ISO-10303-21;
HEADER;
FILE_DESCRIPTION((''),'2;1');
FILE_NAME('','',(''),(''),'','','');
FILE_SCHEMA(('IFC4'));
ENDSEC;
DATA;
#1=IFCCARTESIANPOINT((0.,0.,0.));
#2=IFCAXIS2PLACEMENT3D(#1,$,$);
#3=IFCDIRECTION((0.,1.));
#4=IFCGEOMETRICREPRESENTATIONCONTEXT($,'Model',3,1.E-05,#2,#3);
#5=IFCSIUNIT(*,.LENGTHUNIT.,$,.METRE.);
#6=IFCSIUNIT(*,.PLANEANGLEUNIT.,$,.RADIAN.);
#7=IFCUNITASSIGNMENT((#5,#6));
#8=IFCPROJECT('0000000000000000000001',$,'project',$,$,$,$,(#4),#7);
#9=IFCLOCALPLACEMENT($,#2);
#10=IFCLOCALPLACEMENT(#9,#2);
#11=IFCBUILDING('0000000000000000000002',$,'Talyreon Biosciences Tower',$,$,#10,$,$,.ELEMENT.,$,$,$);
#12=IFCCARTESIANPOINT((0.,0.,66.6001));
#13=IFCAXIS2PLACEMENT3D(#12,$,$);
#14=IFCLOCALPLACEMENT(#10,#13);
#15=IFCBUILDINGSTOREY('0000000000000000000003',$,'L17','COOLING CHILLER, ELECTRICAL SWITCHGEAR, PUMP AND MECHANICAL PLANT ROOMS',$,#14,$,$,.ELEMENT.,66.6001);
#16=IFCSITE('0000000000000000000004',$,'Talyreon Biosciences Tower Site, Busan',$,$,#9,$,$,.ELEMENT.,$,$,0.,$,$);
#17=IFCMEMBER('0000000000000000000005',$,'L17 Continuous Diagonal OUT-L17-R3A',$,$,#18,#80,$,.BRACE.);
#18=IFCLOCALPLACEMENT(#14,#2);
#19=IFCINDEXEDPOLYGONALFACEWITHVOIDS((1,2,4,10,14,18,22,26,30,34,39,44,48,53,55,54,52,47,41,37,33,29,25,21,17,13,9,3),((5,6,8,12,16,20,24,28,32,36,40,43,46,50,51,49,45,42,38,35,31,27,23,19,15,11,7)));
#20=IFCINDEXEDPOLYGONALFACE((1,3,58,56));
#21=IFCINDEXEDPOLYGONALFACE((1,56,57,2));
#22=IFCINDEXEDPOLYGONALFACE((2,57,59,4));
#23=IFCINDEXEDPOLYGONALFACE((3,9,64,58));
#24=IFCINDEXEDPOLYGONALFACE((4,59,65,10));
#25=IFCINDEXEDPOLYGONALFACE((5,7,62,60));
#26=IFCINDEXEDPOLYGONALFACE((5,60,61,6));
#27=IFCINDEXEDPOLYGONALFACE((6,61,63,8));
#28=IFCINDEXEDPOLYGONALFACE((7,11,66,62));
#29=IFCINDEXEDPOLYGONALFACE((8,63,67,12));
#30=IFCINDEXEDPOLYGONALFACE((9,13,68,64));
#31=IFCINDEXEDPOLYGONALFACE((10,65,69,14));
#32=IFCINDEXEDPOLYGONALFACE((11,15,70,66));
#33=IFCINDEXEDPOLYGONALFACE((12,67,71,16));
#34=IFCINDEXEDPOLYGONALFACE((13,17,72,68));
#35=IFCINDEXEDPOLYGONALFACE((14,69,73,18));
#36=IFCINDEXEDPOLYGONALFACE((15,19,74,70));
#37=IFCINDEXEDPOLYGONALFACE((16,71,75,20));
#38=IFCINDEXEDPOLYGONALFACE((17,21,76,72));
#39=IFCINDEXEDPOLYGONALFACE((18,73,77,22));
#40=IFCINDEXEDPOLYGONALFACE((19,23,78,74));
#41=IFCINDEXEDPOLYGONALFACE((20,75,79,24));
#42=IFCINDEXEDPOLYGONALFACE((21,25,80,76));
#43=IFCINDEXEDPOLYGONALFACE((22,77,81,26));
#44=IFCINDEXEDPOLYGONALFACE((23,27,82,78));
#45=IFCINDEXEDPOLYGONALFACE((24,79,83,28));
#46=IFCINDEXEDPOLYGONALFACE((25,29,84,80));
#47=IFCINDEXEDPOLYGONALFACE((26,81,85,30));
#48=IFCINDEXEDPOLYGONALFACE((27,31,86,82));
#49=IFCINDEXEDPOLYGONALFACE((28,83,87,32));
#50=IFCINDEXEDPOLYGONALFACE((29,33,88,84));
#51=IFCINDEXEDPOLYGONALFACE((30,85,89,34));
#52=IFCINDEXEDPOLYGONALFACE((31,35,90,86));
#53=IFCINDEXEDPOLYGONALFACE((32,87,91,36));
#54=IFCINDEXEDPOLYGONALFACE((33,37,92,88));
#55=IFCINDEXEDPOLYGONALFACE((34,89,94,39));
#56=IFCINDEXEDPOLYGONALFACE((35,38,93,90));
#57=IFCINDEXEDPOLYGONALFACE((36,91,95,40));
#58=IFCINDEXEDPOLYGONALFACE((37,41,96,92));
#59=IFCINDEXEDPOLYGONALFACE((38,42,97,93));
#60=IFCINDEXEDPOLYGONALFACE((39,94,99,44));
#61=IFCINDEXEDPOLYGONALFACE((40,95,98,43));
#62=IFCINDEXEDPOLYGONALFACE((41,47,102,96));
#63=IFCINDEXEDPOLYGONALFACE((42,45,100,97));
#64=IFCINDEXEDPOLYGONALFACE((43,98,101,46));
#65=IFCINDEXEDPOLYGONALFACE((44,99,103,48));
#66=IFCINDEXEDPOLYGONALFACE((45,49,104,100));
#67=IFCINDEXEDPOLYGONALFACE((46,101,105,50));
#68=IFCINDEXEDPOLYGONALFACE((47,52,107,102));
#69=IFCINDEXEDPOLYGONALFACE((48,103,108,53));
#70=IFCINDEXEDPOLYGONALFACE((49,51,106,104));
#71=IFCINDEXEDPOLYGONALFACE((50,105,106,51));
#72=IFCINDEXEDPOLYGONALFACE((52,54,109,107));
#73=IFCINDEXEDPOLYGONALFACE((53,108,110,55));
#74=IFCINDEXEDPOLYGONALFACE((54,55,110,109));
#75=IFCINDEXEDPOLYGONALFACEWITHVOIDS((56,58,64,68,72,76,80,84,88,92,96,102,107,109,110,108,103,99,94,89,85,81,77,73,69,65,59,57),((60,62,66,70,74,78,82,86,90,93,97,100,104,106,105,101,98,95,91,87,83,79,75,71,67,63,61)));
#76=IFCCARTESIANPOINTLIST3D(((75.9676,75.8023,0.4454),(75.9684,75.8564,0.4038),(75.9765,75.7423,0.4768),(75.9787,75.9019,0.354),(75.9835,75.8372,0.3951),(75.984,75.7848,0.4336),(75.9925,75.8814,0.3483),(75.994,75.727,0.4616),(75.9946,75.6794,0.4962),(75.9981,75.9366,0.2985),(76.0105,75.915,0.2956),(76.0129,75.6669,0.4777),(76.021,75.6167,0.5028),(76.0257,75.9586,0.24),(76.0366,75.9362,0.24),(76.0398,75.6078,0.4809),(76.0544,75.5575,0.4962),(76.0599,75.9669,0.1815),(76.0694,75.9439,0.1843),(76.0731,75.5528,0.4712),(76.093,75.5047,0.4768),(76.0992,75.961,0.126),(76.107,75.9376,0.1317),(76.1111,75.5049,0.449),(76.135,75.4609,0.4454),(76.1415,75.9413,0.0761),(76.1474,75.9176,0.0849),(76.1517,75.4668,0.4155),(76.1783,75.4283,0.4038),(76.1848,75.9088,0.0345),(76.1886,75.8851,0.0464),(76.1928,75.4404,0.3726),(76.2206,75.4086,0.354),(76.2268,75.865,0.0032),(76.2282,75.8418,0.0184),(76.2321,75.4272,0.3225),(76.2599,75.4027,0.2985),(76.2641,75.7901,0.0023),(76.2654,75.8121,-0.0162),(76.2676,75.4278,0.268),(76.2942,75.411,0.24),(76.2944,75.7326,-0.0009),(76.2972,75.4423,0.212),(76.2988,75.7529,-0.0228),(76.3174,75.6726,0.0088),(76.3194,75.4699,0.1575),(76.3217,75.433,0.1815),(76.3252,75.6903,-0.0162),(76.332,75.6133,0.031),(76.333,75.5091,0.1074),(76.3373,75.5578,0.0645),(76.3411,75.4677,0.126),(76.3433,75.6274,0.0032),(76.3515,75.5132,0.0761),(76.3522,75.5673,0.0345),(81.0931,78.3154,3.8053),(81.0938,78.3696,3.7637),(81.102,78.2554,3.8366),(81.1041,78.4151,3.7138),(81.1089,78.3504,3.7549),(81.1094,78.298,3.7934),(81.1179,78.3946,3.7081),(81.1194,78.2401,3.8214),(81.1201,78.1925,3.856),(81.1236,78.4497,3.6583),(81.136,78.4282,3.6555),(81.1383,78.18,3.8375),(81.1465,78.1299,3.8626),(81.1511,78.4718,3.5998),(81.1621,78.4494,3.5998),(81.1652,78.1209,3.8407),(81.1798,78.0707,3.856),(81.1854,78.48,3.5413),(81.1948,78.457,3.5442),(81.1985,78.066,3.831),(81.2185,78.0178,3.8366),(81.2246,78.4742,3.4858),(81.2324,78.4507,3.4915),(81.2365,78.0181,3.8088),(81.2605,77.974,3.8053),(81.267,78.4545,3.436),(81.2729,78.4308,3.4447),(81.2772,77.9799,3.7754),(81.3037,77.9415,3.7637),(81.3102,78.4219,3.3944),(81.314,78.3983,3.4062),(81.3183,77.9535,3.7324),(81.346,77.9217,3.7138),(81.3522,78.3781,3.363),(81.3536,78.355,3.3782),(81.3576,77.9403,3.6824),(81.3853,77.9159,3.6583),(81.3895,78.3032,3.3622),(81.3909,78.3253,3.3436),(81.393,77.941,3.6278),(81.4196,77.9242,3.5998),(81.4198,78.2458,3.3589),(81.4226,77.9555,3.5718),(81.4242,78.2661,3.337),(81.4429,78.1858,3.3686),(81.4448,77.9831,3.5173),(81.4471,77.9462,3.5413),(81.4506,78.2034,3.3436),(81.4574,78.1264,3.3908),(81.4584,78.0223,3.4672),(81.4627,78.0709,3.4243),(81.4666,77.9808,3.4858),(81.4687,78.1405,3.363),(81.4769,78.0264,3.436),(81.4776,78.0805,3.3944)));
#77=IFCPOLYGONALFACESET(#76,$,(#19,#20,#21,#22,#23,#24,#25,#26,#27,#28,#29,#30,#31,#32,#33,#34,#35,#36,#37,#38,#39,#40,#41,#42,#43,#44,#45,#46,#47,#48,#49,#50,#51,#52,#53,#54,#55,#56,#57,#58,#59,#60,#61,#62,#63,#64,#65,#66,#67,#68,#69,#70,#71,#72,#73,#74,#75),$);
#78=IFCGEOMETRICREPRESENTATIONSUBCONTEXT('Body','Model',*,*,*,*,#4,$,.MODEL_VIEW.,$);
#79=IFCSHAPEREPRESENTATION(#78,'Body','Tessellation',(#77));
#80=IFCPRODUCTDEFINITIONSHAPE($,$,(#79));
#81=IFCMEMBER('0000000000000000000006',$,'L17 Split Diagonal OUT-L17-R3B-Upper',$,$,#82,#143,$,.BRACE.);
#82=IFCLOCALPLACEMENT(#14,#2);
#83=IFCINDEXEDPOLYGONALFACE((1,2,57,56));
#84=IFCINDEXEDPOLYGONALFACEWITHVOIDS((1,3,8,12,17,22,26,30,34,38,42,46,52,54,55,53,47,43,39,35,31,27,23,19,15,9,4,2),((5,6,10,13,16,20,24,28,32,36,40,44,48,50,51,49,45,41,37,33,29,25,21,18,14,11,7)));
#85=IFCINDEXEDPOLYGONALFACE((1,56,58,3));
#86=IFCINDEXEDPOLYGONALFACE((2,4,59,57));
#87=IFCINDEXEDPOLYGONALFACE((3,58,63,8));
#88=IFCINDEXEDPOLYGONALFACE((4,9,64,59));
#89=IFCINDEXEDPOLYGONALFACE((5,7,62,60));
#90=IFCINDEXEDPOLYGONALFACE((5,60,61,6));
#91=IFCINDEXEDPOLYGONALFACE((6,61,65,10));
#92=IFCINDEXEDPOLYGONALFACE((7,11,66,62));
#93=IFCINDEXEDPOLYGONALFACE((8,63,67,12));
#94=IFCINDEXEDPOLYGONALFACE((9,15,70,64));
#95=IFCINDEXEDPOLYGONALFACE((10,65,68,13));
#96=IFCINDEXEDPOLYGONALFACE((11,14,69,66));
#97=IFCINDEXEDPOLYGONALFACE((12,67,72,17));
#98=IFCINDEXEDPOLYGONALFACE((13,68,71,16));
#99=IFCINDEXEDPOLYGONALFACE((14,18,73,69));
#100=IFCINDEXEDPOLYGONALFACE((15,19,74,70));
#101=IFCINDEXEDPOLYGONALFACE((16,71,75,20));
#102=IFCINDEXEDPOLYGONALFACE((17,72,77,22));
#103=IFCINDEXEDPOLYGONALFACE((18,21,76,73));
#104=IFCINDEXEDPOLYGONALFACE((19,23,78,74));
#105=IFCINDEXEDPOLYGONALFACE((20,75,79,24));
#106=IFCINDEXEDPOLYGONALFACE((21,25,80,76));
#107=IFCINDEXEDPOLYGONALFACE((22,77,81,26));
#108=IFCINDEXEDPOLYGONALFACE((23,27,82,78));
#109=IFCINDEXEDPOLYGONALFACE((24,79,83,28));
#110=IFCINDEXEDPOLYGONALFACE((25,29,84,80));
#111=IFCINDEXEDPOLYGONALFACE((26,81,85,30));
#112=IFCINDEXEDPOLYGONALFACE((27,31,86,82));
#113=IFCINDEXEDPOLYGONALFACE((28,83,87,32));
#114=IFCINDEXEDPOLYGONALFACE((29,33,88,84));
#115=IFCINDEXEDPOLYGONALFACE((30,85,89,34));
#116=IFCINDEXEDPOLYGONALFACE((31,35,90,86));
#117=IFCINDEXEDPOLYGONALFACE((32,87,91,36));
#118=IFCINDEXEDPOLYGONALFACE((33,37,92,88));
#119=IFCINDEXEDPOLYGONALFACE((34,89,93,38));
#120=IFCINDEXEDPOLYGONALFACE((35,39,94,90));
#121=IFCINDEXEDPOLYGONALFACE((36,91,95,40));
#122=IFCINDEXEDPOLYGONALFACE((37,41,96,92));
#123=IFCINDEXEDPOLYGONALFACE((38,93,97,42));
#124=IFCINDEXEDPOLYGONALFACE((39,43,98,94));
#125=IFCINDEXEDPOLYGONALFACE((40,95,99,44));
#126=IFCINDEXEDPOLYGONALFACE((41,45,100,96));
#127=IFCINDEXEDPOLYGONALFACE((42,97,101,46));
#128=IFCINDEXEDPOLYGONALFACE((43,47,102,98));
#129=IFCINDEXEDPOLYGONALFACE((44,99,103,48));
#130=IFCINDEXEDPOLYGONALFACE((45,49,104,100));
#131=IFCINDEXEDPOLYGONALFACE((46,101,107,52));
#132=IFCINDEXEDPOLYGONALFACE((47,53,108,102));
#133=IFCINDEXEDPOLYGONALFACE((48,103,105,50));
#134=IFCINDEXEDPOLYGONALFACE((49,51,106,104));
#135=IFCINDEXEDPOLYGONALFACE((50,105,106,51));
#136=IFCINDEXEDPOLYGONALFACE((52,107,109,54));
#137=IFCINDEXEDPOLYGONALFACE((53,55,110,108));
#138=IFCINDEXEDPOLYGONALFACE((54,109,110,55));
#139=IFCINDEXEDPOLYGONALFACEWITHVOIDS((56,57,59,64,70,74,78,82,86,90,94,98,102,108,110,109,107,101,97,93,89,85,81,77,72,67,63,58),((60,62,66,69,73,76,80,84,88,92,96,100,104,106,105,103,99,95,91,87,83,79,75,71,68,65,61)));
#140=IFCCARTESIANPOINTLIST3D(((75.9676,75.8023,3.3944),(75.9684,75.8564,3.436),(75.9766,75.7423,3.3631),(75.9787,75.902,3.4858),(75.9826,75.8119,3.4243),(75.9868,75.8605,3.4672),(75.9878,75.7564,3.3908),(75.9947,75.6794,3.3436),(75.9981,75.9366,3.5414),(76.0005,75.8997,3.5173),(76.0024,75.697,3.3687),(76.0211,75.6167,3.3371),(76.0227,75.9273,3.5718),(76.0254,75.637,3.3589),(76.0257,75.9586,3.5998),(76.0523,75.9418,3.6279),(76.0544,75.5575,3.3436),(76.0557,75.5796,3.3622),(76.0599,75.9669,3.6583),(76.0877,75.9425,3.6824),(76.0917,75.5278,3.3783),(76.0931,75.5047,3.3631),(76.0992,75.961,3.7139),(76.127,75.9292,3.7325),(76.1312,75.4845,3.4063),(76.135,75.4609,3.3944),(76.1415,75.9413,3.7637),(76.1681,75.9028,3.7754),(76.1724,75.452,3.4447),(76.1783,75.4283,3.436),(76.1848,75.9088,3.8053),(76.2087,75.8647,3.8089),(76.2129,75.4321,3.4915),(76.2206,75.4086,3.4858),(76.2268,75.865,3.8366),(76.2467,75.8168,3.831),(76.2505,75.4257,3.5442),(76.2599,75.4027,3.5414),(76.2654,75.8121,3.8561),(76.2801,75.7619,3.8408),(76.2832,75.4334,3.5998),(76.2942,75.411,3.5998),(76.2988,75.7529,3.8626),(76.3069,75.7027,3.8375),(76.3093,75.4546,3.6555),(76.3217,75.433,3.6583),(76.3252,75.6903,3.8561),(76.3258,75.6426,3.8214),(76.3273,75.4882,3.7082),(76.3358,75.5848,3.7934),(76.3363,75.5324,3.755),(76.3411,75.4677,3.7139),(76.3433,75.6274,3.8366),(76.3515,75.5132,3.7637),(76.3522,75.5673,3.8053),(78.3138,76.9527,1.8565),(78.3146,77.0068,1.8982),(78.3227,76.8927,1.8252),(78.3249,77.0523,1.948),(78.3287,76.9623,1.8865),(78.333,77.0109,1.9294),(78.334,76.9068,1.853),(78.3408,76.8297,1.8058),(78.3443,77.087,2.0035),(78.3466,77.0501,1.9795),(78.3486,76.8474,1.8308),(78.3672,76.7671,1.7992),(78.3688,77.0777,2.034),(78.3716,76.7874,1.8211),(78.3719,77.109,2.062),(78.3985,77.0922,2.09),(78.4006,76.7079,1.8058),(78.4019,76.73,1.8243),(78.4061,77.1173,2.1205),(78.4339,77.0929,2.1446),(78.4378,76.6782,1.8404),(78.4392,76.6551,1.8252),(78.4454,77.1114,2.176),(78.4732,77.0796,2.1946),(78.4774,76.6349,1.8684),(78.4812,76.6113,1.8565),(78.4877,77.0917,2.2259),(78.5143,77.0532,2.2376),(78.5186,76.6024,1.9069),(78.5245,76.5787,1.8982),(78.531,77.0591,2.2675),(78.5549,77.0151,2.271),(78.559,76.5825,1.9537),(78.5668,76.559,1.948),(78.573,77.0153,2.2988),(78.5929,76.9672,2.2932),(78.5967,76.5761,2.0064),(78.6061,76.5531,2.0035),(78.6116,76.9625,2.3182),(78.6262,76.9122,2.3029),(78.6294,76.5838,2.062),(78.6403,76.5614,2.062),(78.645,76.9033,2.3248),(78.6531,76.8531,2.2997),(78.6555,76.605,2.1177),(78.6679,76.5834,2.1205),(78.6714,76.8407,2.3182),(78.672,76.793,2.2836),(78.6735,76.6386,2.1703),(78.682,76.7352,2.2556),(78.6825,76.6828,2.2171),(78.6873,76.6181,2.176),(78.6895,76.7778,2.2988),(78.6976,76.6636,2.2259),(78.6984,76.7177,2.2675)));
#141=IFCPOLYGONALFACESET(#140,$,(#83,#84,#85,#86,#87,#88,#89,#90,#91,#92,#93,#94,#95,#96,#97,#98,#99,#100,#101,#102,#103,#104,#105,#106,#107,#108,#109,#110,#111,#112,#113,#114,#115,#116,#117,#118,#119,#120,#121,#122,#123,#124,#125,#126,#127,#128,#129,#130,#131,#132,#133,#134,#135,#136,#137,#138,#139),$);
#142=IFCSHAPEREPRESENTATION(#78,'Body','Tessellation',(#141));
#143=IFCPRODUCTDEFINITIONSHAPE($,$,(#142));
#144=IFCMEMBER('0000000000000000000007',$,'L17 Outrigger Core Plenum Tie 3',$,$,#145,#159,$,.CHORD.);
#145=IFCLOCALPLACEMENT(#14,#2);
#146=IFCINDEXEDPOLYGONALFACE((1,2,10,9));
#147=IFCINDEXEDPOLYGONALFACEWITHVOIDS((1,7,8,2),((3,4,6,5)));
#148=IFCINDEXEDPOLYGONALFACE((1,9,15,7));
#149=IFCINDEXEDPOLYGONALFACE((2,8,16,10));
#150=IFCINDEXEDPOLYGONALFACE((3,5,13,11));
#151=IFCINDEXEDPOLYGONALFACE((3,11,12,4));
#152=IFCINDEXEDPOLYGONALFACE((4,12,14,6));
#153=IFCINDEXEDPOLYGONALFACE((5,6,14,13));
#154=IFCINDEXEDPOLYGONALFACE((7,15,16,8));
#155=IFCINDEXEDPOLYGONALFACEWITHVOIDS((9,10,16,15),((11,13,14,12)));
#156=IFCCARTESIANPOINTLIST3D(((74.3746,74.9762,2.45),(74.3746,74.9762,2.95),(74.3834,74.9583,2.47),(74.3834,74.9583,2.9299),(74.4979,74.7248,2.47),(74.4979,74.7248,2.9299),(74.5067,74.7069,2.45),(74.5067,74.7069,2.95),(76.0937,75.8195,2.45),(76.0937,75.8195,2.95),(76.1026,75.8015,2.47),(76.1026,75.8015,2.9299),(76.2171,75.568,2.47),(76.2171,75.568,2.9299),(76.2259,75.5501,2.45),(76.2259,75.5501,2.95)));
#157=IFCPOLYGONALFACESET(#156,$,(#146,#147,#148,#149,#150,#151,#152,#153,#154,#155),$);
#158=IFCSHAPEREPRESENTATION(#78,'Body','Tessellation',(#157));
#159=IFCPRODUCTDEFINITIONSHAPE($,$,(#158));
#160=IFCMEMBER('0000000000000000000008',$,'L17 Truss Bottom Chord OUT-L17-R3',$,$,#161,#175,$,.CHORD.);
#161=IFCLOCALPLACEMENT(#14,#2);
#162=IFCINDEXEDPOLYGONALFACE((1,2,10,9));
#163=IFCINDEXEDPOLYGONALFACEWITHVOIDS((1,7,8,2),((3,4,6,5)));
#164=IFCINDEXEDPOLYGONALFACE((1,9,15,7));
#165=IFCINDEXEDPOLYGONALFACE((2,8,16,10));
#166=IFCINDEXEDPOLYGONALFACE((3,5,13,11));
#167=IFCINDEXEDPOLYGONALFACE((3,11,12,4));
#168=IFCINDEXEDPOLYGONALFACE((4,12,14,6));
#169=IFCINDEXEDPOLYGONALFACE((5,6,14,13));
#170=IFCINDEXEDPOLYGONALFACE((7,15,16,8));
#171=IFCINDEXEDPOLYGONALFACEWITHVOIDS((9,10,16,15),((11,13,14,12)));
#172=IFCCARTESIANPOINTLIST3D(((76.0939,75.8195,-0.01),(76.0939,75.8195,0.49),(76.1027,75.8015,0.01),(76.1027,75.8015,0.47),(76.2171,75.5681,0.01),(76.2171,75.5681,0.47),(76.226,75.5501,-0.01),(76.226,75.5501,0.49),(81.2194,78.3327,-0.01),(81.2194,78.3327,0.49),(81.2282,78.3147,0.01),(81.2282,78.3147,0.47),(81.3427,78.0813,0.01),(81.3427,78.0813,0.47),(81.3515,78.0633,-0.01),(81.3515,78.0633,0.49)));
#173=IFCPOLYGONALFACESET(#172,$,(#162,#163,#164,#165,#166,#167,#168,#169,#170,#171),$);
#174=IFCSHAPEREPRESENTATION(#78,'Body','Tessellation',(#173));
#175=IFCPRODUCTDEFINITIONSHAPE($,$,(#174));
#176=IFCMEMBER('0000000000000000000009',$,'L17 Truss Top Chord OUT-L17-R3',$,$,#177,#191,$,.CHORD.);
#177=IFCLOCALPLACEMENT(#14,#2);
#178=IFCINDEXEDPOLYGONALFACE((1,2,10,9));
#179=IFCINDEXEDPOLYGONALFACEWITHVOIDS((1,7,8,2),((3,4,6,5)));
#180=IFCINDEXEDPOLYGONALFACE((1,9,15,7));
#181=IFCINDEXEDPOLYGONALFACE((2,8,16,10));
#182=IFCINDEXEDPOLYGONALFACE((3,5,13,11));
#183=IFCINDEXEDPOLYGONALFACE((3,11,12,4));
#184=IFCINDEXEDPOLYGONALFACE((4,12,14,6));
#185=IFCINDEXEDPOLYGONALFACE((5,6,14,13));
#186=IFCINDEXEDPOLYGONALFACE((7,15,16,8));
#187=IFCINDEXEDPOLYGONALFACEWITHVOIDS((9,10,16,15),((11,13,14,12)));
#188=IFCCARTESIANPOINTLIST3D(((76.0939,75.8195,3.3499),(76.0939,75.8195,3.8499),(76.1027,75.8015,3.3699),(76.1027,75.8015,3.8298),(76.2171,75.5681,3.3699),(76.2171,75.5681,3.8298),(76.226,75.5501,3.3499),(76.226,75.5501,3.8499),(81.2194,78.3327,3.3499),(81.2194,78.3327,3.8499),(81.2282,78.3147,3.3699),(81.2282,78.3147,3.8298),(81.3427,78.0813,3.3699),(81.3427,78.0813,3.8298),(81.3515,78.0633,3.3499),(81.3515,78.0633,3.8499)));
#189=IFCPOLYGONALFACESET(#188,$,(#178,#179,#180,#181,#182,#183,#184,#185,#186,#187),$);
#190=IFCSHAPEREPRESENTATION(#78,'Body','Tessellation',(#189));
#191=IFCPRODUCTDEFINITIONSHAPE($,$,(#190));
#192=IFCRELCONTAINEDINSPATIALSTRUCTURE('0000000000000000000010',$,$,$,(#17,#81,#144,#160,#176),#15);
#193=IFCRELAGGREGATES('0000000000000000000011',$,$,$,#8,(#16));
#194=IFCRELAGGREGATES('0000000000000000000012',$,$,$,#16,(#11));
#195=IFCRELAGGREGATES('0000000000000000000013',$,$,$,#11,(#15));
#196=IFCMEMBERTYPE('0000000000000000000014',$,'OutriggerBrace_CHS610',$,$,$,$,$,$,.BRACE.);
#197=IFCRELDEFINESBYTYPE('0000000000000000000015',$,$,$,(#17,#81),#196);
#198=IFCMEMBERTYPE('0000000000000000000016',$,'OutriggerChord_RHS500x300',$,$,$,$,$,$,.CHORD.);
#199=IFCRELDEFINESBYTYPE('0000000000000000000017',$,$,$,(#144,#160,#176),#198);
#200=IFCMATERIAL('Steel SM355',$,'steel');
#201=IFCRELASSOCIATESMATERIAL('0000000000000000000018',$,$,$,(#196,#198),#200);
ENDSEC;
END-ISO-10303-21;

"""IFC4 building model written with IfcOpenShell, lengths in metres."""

from ifc_helpers import new_model, si_unit, direction, frame, origin, origin_2d, place, context, subcontext, project, spatial, hollow_rectangle, hollow_circle, extrude, material, material_profile, profile_set, type_object, element, save


model = new_model("IFC4")

# Units and contexts
model_context = context("Model", 3, precision=1e-05, world=origin(), true_north=direction((0.0, 1.0)))
body_context = subcontext(model_context, "Body", "Model", "MODEL_VIEW")
ifc_project = project(units=[si_unit("LENGTHUNIT", "METRE"), si_unit("PLANEANGLEUNIT", "RADIAN")], contexts=[model_context])

# Site, building, storey
site_placement = place(None, origin())
site = spatial("IfcSite", under=ifc_project, at=site_placement, Name="Talyreon Biosciences Tower Site, Busan", CompositionType="ELEMENT", RefElevation=0.0)
building_placement = place(site_placement, origin())
building = spatial("IfcBuilding", under=site, at=building_placement, Name="Talyreon Biosciences Tower", CompositionType="ELEMENT")
storey_placement = place(building_placement, frame((0.0, 0.0, 66.6001)))
storey = spatial("IfcBuildingStorey", under=building, at=storey_placement, Name="L17", Description="COOLING CHILLER, ELECTRICAL SWITCHGEAR, PUMP AND MECHANICAL PLANT ROOMS", CompositionType="ELEMENT", Elevation=66.6001)

# Shared definitions
ifc_material_1 = material(Name="Steel SM355", Category="steel")

# Members
ifc_material_profile_1 = material_profile(ifc_material_1, hollow_circle(Radius=0.3049, WallThickness=0.0249, at=origin_2d()), Name="CHS 610x25")
ifc_profile_set_1 = profile_set([ifc_material_profile_1], Name="Steel SM355")
member_type_1 = type_object("IfcMemberType", Name="OutriggerBrace_CHS610", PredefinedType="BRACE", material=ifc_profile_set_1)
member_1_placement = place(storey_placement, frame((76.1599, 75.6848, 0.24), z_axis=(0.773793, 0.379414, 0.507237), x_axis=(-0.440255, 0.897873, 0.0)))
element("IfcMember", 1, at=member_1_placement, inside=storey, type_object=member_type_1, Name="L17 Continuous Diagonal OUT-L17-R3A", PredefinedType="BRACE", context=body_context, shape_type="SweptSolid", body=[
    extrude(hollow_circle(Radius=0.3049, WallThickness=0.0249, at=origin_2d()), origin(), (0.0, 0.0, 1.0), 6.6238),
])
member_2_placement = place(storey_placement, frame((78.5061, 76.8352, 2.062), z_axis=(-0.773812, -0.379418, 0.507205), x_axis=(0.440249, -0.897876, 0.0)))
element("IfcMember", 2, at=member_2_placement, inside=storey, type_object=member_type_1, Name="L17 Split Diagonal OUT-L17-R3B-Upper", PredefinedType="BRACE", context=body_context, shape_type="SweptSolid", body=[
    extrude(hollow_circle(Radius=0.3049, WallThickness=0.0249, at=origin_2d()), origin(), (0.0, 0.0, 1.0), 3.032),
])
ifc_material_profile_2 = material_profile(ifc_material_1, hollow_rectangle(XDim=0.3, YDim=0.5, WallThickness=0.02, at=origin_2d()), Name="RHS 500x300x20")
ifc_profile_set_2 = profile_set([ifc_material_profile_2], Name="Steel SM355")
member_type_2 = type_object("IfcMemberType", Name="OutriggerChord_RHS500x300", PredefinedType="CHORD", material=ifc_profile_set_2)
member_3_placement = place(storey_placement, frame((74.4407, 74.8416, 2.7), z_axis=(0.897818, 0.440367, 0.0), x_axis=(-0.440367, 0.897818, 0.0)))
element("IfcMember", 3, at=member_3_placement, inside=storey, type_object=member_type_2, Name="L17 Outrigger Core Plenum Tie 3", PredefinedType="CHORD", context=body_context, shape_type="SweptSolid", body=[
    extrude(hollow_rectangle(XDim=0.3, YDim=0.5, WallThickness=0.02, at=origin_2d()), origin(), (0.0, 0.0, 1.0), 1.9148),
])
for number, where, z_axis, x_axis, name in (
    (4, (76.1599, 75.6848, 0.24), (0.897873, 0.440255, 0.0), (-0.440255, 0.897873, 0.0), "L17 Truss Bottom Chord OUT-L17-R3"),
    (5, (76.1599, 75.6848, 3.5999), (0.897873, 0.440255, 0.0), (-0.440255, 0.897873, 0.0), "L17 Truss Top Chord OUT-L17-R3"),
):
    element("IfcMember", number, at=place(storey_placement, frame(where, z_axis=z_axis, x_axis=x_axis)), inside=storey, type_object=member_type_2, Name=name, PredefinedType="CHORD", context=body_context, shape_type="SweptSolid", body=[
        extrude(hollow_rectangle(XDim=0.3, YDim=0.5, WallThickness=0.02, at=origin_2d()), origin(), (0.0, 0.0, 1.0), 5.7085),
    ])

save(model, "model.ifc")
